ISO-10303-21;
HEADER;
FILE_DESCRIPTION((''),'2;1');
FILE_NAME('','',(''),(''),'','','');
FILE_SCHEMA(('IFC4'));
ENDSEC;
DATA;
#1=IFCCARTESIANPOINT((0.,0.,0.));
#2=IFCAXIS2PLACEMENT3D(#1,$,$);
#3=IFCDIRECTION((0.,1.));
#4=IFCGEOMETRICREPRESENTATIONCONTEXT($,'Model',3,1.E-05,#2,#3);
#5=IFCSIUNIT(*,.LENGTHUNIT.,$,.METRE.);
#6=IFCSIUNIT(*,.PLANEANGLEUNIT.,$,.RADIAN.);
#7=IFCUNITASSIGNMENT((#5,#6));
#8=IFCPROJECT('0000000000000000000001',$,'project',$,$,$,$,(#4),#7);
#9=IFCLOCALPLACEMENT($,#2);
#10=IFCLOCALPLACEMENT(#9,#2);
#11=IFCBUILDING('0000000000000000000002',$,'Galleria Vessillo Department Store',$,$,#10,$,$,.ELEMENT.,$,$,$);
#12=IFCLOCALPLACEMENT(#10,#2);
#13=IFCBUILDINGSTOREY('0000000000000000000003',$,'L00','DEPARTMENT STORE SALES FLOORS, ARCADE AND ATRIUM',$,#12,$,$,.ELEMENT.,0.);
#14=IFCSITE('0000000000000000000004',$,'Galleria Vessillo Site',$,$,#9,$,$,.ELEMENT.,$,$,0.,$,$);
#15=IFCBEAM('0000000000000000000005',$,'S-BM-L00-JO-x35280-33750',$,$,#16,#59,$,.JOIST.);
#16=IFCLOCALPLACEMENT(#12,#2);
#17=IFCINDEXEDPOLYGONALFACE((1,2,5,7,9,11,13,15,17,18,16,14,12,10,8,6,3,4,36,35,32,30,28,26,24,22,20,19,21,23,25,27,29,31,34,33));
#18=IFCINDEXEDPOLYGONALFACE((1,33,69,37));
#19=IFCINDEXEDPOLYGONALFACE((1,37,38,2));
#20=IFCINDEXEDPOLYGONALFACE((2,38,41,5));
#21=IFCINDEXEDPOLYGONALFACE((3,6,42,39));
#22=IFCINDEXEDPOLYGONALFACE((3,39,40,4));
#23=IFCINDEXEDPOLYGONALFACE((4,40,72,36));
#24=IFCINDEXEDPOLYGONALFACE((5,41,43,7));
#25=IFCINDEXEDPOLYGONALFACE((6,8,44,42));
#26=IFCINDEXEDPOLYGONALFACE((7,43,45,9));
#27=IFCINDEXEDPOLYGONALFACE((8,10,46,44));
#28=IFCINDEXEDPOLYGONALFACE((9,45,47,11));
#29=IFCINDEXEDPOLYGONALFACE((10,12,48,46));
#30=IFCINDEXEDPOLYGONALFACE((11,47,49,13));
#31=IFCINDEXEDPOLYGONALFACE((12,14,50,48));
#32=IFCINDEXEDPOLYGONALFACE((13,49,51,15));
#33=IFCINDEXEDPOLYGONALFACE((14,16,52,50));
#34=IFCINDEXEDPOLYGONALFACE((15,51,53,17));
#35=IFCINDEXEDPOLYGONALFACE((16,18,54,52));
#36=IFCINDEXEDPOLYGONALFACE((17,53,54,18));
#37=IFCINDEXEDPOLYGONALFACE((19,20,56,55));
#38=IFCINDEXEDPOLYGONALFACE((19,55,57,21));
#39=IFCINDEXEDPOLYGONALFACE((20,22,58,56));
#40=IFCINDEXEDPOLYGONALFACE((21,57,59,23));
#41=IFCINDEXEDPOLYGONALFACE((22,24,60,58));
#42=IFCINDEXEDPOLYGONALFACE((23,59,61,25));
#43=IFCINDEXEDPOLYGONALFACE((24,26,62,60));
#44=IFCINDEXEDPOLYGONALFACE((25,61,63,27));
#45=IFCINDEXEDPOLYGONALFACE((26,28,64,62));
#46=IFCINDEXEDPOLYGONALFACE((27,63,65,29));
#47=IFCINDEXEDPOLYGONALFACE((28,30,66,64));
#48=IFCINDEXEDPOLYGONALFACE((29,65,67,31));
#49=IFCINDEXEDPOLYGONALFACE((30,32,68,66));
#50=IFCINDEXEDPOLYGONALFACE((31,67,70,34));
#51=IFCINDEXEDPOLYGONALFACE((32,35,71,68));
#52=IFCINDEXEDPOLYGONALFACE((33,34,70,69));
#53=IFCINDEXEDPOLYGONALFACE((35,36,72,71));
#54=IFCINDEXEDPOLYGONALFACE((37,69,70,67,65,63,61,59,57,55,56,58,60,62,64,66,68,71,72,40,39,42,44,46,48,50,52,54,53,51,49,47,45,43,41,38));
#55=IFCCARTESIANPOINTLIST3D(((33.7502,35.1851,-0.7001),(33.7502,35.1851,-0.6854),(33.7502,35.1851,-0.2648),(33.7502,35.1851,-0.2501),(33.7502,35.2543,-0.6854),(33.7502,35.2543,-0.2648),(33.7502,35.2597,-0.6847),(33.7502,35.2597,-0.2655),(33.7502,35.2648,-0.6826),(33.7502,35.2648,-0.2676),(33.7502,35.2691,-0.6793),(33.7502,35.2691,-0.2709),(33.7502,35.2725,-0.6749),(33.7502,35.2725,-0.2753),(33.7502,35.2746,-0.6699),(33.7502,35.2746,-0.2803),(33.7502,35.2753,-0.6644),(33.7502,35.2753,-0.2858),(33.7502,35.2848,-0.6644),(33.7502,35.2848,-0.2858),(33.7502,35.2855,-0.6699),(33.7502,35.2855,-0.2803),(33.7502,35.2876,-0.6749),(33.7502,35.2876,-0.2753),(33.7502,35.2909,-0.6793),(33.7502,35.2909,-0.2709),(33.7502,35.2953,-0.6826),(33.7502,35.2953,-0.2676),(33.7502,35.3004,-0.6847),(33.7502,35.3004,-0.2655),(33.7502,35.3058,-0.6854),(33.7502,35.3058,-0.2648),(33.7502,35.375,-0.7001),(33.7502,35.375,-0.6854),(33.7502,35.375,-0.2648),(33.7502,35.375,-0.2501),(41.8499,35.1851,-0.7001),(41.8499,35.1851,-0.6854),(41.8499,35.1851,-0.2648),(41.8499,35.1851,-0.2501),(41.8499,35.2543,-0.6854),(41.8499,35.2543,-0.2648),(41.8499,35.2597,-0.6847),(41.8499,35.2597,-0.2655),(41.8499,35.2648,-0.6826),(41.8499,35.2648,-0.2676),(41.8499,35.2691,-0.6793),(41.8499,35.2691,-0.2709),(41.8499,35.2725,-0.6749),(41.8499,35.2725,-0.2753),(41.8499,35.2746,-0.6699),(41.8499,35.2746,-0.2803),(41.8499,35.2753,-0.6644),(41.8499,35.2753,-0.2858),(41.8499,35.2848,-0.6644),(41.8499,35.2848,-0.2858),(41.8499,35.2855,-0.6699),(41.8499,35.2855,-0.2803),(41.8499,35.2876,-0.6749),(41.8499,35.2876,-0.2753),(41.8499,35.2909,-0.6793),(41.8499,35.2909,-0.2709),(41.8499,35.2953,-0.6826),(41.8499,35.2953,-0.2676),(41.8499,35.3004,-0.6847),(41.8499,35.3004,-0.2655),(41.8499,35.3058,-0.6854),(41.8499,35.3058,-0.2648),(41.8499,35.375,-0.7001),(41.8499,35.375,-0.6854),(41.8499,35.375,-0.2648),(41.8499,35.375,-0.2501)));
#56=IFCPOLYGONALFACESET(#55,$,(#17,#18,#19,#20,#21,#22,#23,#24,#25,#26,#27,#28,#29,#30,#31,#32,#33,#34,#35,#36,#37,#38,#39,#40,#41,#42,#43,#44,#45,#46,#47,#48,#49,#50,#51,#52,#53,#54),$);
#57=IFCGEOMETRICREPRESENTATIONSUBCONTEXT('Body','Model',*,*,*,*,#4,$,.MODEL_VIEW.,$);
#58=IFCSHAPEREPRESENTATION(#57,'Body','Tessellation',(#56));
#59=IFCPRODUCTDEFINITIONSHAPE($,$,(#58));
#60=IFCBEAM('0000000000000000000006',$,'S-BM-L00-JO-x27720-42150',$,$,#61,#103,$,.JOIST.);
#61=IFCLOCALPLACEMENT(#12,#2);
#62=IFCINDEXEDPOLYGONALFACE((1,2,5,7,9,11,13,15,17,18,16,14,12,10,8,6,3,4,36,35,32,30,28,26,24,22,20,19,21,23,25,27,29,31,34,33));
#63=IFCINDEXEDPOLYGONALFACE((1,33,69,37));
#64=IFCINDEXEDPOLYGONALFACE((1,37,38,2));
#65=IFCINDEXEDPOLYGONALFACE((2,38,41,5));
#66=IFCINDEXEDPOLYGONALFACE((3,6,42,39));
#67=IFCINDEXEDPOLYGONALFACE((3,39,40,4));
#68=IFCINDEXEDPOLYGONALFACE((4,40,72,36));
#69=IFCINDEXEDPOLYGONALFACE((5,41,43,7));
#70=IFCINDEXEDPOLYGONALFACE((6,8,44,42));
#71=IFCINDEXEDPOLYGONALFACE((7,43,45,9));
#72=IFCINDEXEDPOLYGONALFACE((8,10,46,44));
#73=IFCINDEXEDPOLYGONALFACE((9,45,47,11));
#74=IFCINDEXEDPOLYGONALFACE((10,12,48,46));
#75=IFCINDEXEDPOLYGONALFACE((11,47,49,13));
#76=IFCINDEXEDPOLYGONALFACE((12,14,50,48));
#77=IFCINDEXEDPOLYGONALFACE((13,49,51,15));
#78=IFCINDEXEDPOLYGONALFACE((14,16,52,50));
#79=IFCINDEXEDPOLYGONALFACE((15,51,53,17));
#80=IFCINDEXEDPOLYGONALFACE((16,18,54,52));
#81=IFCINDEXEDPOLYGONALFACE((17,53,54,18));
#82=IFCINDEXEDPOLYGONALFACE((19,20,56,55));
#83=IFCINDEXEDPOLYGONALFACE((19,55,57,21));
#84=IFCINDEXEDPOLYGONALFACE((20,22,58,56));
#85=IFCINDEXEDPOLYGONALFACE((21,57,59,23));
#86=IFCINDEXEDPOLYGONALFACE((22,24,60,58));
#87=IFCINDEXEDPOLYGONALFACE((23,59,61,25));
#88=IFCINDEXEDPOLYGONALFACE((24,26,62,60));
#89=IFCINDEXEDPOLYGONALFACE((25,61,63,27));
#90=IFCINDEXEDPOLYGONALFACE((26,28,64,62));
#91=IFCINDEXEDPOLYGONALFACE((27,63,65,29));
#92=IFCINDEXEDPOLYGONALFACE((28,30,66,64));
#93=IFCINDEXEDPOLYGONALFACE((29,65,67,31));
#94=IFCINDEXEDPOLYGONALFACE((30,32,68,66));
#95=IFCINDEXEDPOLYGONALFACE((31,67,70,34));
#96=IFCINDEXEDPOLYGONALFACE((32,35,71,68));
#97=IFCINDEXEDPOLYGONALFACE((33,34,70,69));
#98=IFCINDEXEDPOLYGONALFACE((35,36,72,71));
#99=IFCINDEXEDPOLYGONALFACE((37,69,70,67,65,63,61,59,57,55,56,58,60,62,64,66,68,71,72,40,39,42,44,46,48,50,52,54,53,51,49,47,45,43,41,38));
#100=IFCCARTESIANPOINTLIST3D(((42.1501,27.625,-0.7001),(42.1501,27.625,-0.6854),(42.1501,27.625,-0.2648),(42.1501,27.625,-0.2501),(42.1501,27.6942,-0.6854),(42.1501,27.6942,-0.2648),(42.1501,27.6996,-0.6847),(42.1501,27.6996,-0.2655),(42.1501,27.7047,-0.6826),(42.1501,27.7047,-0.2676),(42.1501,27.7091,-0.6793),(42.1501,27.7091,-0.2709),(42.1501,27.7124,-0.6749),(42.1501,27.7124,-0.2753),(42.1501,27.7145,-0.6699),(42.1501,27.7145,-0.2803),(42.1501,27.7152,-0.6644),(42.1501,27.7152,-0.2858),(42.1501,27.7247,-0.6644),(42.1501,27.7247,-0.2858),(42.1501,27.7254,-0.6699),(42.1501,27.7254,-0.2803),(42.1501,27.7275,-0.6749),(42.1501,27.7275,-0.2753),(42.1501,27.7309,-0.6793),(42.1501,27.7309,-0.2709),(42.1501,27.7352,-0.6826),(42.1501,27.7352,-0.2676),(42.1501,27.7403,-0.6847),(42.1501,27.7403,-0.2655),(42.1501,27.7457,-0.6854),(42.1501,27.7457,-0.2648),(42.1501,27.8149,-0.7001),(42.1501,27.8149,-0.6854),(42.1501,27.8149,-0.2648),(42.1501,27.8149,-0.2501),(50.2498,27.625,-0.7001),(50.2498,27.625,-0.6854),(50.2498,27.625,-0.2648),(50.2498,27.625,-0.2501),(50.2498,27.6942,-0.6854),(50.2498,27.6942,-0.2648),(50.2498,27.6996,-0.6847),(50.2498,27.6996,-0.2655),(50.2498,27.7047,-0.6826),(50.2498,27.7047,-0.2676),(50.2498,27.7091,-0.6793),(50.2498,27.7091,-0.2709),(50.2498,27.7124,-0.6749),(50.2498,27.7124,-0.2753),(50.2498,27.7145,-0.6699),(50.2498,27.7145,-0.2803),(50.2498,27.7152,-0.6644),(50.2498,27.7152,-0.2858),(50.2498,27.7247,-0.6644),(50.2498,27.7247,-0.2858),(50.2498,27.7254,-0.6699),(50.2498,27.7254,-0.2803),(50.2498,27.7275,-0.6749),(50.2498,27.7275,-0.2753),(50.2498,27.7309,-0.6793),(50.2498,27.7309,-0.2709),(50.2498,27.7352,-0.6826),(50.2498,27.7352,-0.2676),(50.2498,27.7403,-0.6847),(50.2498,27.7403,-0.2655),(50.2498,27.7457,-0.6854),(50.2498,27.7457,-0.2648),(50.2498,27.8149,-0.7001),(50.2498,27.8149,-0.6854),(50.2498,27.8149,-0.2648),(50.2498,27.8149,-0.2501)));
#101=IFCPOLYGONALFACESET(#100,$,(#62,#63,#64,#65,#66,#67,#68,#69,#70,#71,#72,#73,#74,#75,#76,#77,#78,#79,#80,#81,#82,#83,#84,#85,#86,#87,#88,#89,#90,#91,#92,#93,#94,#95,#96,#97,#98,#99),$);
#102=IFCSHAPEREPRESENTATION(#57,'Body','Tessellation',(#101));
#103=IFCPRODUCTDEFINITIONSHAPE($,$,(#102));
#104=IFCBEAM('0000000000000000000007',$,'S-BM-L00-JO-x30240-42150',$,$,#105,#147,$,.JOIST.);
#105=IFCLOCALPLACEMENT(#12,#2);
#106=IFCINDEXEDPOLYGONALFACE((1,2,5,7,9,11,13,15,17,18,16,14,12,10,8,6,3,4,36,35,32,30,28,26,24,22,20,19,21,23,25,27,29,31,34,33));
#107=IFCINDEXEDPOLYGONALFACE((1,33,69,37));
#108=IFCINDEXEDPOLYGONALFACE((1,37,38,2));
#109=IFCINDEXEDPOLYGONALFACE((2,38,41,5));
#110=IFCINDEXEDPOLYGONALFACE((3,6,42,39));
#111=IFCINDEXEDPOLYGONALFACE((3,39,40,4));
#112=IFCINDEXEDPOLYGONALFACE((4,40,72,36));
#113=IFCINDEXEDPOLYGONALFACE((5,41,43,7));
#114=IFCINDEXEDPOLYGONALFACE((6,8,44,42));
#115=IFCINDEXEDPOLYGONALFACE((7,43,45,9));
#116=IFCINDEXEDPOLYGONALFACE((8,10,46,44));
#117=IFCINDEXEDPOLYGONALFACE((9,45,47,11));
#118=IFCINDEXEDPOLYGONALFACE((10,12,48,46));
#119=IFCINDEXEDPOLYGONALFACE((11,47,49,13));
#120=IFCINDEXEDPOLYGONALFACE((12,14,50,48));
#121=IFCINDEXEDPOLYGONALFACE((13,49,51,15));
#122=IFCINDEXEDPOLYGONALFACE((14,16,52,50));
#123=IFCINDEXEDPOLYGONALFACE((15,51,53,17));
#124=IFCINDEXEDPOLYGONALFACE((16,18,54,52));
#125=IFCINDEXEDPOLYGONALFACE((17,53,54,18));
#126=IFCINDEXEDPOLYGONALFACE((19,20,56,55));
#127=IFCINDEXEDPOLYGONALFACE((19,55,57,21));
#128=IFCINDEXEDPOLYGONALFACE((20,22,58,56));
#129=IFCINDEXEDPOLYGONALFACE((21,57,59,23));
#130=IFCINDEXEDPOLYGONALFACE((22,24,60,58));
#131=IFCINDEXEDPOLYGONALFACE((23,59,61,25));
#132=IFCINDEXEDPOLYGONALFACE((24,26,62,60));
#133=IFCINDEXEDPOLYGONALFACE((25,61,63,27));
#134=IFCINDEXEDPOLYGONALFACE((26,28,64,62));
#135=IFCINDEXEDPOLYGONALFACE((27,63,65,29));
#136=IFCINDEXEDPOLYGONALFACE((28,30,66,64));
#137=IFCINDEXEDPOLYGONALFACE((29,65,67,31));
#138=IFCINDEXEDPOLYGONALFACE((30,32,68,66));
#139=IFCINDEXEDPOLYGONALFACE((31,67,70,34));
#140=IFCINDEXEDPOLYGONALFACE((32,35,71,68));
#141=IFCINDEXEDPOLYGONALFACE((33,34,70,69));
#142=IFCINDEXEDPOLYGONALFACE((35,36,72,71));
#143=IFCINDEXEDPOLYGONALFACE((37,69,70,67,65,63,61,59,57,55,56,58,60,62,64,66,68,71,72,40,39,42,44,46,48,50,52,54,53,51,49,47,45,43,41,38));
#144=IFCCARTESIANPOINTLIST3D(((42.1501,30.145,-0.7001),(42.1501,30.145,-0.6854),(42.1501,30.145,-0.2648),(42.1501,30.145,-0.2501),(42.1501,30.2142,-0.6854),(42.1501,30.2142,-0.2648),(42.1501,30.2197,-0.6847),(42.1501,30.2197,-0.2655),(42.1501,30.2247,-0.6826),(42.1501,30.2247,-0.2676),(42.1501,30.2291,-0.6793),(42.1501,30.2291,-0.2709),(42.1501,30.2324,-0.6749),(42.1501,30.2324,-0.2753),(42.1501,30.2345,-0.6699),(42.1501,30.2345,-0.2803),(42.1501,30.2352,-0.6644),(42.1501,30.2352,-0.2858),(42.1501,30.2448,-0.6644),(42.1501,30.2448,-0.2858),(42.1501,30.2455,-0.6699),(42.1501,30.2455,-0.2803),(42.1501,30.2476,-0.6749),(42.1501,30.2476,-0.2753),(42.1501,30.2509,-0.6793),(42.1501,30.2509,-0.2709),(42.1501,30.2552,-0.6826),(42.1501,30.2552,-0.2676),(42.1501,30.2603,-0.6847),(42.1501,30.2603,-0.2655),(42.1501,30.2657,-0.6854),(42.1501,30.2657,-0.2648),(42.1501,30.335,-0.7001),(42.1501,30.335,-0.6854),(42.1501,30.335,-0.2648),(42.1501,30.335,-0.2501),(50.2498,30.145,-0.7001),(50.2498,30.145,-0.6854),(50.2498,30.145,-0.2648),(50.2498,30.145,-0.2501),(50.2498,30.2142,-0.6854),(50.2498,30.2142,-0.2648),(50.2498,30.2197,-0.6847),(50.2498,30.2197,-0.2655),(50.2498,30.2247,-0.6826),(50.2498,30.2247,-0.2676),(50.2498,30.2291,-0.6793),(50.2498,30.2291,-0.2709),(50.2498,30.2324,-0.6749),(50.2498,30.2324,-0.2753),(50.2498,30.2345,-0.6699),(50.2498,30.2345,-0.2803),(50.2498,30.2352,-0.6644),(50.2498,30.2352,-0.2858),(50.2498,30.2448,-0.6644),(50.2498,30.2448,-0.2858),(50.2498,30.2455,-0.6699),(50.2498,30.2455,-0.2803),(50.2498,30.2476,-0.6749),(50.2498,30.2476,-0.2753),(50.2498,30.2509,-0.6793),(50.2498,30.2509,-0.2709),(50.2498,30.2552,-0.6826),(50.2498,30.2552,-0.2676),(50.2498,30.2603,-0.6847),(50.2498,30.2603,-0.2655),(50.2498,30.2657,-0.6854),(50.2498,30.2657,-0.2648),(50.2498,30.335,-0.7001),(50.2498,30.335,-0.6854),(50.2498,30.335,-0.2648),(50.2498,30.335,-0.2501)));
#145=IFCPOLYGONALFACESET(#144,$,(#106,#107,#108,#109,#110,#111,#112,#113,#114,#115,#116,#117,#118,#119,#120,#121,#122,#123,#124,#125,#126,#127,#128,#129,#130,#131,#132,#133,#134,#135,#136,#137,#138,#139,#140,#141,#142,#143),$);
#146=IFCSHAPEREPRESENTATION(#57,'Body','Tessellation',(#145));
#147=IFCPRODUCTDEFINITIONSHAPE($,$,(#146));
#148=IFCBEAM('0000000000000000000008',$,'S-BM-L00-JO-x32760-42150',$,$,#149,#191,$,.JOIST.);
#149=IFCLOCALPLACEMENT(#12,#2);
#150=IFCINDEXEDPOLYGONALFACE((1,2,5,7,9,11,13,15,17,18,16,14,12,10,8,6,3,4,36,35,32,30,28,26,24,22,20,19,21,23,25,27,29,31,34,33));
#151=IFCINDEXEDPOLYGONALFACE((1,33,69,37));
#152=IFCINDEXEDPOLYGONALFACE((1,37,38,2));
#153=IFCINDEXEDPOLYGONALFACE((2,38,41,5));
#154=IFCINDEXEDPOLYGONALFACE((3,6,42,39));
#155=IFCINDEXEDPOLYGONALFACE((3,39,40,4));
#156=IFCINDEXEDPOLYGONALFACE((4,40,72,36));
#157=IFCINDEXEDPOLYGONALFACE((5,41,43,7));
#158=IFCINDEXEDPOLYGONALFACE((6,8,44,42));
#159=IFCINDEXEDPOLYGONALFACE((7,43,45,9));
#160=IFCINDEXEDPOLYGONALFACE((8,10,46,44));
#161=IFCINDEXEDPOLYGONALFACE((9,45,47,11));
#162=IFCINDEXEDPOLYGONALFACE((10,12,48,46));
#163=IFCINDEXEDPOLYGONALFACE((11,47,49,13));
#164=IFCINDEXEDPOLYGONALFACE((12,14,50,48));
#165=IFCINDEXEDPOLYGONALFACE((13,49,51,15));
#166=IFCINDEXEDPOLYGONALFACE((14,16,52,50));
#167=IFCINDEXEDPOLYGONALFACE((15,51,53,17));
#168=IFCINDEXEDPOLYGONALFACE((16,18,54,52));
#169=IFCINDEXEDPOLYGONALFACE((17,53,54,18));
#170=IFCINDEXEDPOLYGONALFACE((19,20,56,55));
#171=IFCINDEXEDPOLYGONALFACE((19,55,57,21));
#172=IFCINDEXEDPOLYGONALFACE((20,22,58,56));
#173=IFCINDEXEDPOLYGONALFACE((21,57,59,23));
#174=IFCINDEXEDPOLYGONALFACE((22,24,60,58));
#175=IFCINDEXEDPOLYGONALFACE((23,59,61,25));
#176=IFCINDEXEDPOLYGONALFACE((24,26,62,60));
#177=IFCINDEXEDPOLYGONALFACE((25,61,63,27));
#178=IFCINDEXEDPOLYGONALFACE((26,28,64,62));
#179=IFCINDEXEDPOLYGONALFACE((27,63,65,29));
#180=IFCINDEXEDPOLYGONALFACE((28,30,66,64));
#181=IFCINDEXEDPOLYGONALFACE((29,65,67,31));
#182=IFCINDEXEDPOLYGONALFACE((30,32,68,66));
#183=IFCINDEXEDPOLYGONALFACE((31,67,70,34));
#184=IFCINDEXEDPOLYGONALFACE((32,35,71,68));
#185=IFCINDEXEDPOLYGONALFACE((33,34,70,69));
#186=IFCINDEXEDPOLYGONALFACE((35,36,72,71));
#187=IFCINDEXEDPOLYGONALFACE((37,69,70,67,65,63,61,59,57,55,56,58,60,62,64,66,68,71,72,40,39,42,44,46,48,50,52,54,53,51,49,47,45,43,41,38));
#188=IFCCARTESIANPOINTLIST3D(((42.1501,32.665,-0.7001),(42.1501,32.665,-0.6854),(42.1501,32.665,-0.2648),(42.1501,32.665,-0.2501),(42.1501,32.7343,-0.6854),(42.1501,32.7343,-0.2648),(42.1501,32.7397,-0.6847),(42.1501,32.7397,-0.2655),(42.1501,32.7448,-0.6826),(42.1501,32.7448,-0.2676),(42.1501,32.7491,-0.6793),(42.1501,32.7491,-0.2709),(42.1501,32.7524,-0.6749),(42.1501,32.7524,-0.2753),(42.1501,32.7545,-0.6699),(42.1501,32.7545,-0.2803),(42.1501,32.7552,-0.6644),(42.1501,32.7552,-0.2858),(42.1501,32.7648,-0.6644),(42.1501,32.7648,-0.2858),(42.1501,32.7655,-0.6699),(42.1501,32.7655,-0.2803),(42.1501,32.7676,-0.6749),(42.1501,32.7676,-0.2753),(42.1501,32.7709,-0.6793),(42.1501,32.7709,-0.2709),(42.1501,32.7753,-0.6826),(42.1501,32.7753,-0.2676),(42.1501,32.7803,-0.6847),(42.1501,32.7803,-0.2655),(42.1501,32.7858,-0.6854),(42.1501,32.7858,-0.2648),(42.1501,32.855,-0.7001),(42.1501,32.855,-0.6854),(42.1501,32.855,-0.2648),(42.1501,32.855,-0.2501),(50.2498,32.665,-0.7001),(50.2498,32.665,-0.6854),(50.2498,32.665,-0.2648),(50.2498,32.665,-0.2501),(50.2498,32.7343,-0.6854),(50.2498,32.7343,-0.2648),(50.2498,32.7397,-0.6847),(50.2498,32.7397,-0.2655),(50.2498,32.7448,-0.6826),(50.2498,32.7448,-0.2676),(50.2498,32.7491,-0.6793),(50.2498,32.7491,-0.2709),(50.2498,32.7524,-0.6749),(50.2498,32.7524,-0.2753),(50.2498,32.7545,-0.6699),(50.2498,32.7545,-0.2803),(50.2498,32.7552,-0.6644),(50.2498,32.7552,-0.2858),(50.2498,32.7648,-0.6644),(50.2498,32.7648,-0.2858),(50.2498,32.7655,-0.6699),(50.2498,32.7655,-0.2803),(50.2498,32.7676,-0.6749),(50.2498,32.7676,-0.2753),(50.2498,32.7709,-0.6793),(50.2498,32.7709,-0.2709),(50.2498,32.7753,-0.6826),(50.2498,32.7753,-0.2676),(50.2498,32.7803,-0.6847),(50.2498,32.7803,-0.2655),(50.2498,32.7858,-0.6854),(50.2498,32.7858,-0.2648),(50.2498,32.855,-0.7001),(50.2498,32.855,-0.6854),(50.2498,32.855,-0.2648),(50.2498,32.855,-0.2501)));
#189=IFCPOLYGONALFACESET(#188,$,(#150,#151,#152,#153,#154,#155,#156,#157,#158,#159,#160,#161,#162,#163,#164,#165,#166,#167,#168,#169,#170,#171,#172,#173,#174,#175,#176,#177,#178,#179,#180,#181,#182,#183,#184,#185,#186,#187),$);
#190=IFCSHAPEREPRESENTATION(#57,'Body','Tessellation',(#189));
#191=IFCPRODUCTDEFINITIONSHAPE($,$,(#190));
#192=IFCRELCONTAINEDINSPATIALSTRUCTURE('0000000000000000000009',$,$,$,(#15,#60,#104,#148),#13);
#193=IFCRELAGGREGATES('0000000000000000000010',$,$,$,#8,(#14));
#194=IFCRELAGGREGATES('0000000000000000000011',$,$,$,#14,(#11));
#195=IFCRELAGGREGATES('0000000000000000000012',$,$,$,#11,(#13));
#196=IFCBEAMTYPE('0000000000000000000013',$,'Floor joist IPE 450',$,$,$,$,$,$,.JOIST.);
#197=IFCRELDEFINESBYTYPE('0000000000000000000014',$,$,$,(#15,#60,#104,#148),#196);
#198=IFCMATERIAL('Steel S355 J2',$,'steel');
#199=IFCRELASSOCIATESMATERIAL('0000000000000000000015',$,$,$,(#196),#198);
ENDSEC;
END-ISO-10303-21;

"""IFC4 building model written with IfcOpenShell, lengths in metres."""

from ifc_helpers import new_model, si_unit, direction, frame, origin, origin_2d, place, context, subcontext, project, spatial, i_section, extrude, material, material_profile, profile_set, type_object, element, save


model = new_model("IFC4")

# Units and contexts
model_context = context("Model", 3, precision=1e-05, world=origin(), true_north=direction((0.0, 1.0)))
body_context = subcontext(model_context, "Body", "Model", "MODEL_VIEW")
ifc_project = project(units=[si_unit("LENGTHUNIT", "METRE"), si_unit("PLANEANGLEUNIT", "RADIAN")], contexts=[model_context])

# Site, building, storey
site_placement = place(None, origin())
site = spatial("IfcSite", under=ifc_project, at=site_placement, Name="Galleria Vessillo Site", CompositionType="ELEMENT", RefElevation=0.0)
building_placement = place(site_placement, origin())
building = spatial("IfcBuilding", under=site, at=building_placement, Name="Galleria Vessillo Department Store", CompositionType="ELEMENT")
storey_placement = place(building_placement, origin())
storey = spatial("IfcBuildingStorey", under=building, at=storey_placement, Name="L00", Description="DEPARTMENT STORE SALES FLOORS, ARCADE AND ATRIUM", CompositionType="ELEMENT", Elevation=0.0)

# Beams
ifc_material_1 = material(Name="Steel S355 J2", Category="steel")
ifc_material_profile_1 = material_profile(ifc_material_1, i_section(OverallWidth=0.1899, OverallDepth=0.45, WebThickness=0.0095, FlangeThickness=0.0146, FilletRadius=0.021, at=origin_2d()), Name="IPE 450")
ifc_profile_set_1 = profile_set([ifc_material_profile_1], Name="Steel S355 J2")
beam_type_1 = type_object("IfcBeamType", Name="Floor joist IPE 450", PredefinedType="JOIST", material=ifc_profile_set_1)
for number, where, z_axis, x_axis, name in (
    (1, (33.7502, 35.28, -0.4751), (1.0, 0.0, 0.0), (0.0, 1.0, 0.0), "S-BM-L00-JO-x35280-33750"),
    (2, (42.1501, 27.72, -0.4751), (1.0, 0.0, 0.0), (0.0, 1.0, 0.0), "S-BM-L00-JO-x27720-42150"),
    (3, (42.1501, 30.24, -0.4751), (1.0, 0.0, 0.0), (0.0, 1.0, 0.0), "S-BM-L00-JO-x30240-42150"),
    (4, (42.1501, 32.76, -0.4751), (1.0, 0.0, 0.0), (0.0, 1.0, 0.0), "S-BM-L00-JO-x32760-42150"),
):
    element("IfcBeam", number, at=place(storey_placement, frame(where, z_axis=z_axis, x_axis=x_axis)), inside=storey, type_object=beam_type_1, Name=name, PredefinedType="JOIST", context=body_context, shape_type="SweptSolid", body=[
        extrude(i_section(OverallWidth=0.1899, OverallDepth=0.45, WebThickness=0.0095, FlangeThickness=0.0146, FilletRadius=0.021, at=origin_2d()), origin(), (0.0, 0.0, 1.0), 8.0996),
    ])

save(model, "model.ifc")
